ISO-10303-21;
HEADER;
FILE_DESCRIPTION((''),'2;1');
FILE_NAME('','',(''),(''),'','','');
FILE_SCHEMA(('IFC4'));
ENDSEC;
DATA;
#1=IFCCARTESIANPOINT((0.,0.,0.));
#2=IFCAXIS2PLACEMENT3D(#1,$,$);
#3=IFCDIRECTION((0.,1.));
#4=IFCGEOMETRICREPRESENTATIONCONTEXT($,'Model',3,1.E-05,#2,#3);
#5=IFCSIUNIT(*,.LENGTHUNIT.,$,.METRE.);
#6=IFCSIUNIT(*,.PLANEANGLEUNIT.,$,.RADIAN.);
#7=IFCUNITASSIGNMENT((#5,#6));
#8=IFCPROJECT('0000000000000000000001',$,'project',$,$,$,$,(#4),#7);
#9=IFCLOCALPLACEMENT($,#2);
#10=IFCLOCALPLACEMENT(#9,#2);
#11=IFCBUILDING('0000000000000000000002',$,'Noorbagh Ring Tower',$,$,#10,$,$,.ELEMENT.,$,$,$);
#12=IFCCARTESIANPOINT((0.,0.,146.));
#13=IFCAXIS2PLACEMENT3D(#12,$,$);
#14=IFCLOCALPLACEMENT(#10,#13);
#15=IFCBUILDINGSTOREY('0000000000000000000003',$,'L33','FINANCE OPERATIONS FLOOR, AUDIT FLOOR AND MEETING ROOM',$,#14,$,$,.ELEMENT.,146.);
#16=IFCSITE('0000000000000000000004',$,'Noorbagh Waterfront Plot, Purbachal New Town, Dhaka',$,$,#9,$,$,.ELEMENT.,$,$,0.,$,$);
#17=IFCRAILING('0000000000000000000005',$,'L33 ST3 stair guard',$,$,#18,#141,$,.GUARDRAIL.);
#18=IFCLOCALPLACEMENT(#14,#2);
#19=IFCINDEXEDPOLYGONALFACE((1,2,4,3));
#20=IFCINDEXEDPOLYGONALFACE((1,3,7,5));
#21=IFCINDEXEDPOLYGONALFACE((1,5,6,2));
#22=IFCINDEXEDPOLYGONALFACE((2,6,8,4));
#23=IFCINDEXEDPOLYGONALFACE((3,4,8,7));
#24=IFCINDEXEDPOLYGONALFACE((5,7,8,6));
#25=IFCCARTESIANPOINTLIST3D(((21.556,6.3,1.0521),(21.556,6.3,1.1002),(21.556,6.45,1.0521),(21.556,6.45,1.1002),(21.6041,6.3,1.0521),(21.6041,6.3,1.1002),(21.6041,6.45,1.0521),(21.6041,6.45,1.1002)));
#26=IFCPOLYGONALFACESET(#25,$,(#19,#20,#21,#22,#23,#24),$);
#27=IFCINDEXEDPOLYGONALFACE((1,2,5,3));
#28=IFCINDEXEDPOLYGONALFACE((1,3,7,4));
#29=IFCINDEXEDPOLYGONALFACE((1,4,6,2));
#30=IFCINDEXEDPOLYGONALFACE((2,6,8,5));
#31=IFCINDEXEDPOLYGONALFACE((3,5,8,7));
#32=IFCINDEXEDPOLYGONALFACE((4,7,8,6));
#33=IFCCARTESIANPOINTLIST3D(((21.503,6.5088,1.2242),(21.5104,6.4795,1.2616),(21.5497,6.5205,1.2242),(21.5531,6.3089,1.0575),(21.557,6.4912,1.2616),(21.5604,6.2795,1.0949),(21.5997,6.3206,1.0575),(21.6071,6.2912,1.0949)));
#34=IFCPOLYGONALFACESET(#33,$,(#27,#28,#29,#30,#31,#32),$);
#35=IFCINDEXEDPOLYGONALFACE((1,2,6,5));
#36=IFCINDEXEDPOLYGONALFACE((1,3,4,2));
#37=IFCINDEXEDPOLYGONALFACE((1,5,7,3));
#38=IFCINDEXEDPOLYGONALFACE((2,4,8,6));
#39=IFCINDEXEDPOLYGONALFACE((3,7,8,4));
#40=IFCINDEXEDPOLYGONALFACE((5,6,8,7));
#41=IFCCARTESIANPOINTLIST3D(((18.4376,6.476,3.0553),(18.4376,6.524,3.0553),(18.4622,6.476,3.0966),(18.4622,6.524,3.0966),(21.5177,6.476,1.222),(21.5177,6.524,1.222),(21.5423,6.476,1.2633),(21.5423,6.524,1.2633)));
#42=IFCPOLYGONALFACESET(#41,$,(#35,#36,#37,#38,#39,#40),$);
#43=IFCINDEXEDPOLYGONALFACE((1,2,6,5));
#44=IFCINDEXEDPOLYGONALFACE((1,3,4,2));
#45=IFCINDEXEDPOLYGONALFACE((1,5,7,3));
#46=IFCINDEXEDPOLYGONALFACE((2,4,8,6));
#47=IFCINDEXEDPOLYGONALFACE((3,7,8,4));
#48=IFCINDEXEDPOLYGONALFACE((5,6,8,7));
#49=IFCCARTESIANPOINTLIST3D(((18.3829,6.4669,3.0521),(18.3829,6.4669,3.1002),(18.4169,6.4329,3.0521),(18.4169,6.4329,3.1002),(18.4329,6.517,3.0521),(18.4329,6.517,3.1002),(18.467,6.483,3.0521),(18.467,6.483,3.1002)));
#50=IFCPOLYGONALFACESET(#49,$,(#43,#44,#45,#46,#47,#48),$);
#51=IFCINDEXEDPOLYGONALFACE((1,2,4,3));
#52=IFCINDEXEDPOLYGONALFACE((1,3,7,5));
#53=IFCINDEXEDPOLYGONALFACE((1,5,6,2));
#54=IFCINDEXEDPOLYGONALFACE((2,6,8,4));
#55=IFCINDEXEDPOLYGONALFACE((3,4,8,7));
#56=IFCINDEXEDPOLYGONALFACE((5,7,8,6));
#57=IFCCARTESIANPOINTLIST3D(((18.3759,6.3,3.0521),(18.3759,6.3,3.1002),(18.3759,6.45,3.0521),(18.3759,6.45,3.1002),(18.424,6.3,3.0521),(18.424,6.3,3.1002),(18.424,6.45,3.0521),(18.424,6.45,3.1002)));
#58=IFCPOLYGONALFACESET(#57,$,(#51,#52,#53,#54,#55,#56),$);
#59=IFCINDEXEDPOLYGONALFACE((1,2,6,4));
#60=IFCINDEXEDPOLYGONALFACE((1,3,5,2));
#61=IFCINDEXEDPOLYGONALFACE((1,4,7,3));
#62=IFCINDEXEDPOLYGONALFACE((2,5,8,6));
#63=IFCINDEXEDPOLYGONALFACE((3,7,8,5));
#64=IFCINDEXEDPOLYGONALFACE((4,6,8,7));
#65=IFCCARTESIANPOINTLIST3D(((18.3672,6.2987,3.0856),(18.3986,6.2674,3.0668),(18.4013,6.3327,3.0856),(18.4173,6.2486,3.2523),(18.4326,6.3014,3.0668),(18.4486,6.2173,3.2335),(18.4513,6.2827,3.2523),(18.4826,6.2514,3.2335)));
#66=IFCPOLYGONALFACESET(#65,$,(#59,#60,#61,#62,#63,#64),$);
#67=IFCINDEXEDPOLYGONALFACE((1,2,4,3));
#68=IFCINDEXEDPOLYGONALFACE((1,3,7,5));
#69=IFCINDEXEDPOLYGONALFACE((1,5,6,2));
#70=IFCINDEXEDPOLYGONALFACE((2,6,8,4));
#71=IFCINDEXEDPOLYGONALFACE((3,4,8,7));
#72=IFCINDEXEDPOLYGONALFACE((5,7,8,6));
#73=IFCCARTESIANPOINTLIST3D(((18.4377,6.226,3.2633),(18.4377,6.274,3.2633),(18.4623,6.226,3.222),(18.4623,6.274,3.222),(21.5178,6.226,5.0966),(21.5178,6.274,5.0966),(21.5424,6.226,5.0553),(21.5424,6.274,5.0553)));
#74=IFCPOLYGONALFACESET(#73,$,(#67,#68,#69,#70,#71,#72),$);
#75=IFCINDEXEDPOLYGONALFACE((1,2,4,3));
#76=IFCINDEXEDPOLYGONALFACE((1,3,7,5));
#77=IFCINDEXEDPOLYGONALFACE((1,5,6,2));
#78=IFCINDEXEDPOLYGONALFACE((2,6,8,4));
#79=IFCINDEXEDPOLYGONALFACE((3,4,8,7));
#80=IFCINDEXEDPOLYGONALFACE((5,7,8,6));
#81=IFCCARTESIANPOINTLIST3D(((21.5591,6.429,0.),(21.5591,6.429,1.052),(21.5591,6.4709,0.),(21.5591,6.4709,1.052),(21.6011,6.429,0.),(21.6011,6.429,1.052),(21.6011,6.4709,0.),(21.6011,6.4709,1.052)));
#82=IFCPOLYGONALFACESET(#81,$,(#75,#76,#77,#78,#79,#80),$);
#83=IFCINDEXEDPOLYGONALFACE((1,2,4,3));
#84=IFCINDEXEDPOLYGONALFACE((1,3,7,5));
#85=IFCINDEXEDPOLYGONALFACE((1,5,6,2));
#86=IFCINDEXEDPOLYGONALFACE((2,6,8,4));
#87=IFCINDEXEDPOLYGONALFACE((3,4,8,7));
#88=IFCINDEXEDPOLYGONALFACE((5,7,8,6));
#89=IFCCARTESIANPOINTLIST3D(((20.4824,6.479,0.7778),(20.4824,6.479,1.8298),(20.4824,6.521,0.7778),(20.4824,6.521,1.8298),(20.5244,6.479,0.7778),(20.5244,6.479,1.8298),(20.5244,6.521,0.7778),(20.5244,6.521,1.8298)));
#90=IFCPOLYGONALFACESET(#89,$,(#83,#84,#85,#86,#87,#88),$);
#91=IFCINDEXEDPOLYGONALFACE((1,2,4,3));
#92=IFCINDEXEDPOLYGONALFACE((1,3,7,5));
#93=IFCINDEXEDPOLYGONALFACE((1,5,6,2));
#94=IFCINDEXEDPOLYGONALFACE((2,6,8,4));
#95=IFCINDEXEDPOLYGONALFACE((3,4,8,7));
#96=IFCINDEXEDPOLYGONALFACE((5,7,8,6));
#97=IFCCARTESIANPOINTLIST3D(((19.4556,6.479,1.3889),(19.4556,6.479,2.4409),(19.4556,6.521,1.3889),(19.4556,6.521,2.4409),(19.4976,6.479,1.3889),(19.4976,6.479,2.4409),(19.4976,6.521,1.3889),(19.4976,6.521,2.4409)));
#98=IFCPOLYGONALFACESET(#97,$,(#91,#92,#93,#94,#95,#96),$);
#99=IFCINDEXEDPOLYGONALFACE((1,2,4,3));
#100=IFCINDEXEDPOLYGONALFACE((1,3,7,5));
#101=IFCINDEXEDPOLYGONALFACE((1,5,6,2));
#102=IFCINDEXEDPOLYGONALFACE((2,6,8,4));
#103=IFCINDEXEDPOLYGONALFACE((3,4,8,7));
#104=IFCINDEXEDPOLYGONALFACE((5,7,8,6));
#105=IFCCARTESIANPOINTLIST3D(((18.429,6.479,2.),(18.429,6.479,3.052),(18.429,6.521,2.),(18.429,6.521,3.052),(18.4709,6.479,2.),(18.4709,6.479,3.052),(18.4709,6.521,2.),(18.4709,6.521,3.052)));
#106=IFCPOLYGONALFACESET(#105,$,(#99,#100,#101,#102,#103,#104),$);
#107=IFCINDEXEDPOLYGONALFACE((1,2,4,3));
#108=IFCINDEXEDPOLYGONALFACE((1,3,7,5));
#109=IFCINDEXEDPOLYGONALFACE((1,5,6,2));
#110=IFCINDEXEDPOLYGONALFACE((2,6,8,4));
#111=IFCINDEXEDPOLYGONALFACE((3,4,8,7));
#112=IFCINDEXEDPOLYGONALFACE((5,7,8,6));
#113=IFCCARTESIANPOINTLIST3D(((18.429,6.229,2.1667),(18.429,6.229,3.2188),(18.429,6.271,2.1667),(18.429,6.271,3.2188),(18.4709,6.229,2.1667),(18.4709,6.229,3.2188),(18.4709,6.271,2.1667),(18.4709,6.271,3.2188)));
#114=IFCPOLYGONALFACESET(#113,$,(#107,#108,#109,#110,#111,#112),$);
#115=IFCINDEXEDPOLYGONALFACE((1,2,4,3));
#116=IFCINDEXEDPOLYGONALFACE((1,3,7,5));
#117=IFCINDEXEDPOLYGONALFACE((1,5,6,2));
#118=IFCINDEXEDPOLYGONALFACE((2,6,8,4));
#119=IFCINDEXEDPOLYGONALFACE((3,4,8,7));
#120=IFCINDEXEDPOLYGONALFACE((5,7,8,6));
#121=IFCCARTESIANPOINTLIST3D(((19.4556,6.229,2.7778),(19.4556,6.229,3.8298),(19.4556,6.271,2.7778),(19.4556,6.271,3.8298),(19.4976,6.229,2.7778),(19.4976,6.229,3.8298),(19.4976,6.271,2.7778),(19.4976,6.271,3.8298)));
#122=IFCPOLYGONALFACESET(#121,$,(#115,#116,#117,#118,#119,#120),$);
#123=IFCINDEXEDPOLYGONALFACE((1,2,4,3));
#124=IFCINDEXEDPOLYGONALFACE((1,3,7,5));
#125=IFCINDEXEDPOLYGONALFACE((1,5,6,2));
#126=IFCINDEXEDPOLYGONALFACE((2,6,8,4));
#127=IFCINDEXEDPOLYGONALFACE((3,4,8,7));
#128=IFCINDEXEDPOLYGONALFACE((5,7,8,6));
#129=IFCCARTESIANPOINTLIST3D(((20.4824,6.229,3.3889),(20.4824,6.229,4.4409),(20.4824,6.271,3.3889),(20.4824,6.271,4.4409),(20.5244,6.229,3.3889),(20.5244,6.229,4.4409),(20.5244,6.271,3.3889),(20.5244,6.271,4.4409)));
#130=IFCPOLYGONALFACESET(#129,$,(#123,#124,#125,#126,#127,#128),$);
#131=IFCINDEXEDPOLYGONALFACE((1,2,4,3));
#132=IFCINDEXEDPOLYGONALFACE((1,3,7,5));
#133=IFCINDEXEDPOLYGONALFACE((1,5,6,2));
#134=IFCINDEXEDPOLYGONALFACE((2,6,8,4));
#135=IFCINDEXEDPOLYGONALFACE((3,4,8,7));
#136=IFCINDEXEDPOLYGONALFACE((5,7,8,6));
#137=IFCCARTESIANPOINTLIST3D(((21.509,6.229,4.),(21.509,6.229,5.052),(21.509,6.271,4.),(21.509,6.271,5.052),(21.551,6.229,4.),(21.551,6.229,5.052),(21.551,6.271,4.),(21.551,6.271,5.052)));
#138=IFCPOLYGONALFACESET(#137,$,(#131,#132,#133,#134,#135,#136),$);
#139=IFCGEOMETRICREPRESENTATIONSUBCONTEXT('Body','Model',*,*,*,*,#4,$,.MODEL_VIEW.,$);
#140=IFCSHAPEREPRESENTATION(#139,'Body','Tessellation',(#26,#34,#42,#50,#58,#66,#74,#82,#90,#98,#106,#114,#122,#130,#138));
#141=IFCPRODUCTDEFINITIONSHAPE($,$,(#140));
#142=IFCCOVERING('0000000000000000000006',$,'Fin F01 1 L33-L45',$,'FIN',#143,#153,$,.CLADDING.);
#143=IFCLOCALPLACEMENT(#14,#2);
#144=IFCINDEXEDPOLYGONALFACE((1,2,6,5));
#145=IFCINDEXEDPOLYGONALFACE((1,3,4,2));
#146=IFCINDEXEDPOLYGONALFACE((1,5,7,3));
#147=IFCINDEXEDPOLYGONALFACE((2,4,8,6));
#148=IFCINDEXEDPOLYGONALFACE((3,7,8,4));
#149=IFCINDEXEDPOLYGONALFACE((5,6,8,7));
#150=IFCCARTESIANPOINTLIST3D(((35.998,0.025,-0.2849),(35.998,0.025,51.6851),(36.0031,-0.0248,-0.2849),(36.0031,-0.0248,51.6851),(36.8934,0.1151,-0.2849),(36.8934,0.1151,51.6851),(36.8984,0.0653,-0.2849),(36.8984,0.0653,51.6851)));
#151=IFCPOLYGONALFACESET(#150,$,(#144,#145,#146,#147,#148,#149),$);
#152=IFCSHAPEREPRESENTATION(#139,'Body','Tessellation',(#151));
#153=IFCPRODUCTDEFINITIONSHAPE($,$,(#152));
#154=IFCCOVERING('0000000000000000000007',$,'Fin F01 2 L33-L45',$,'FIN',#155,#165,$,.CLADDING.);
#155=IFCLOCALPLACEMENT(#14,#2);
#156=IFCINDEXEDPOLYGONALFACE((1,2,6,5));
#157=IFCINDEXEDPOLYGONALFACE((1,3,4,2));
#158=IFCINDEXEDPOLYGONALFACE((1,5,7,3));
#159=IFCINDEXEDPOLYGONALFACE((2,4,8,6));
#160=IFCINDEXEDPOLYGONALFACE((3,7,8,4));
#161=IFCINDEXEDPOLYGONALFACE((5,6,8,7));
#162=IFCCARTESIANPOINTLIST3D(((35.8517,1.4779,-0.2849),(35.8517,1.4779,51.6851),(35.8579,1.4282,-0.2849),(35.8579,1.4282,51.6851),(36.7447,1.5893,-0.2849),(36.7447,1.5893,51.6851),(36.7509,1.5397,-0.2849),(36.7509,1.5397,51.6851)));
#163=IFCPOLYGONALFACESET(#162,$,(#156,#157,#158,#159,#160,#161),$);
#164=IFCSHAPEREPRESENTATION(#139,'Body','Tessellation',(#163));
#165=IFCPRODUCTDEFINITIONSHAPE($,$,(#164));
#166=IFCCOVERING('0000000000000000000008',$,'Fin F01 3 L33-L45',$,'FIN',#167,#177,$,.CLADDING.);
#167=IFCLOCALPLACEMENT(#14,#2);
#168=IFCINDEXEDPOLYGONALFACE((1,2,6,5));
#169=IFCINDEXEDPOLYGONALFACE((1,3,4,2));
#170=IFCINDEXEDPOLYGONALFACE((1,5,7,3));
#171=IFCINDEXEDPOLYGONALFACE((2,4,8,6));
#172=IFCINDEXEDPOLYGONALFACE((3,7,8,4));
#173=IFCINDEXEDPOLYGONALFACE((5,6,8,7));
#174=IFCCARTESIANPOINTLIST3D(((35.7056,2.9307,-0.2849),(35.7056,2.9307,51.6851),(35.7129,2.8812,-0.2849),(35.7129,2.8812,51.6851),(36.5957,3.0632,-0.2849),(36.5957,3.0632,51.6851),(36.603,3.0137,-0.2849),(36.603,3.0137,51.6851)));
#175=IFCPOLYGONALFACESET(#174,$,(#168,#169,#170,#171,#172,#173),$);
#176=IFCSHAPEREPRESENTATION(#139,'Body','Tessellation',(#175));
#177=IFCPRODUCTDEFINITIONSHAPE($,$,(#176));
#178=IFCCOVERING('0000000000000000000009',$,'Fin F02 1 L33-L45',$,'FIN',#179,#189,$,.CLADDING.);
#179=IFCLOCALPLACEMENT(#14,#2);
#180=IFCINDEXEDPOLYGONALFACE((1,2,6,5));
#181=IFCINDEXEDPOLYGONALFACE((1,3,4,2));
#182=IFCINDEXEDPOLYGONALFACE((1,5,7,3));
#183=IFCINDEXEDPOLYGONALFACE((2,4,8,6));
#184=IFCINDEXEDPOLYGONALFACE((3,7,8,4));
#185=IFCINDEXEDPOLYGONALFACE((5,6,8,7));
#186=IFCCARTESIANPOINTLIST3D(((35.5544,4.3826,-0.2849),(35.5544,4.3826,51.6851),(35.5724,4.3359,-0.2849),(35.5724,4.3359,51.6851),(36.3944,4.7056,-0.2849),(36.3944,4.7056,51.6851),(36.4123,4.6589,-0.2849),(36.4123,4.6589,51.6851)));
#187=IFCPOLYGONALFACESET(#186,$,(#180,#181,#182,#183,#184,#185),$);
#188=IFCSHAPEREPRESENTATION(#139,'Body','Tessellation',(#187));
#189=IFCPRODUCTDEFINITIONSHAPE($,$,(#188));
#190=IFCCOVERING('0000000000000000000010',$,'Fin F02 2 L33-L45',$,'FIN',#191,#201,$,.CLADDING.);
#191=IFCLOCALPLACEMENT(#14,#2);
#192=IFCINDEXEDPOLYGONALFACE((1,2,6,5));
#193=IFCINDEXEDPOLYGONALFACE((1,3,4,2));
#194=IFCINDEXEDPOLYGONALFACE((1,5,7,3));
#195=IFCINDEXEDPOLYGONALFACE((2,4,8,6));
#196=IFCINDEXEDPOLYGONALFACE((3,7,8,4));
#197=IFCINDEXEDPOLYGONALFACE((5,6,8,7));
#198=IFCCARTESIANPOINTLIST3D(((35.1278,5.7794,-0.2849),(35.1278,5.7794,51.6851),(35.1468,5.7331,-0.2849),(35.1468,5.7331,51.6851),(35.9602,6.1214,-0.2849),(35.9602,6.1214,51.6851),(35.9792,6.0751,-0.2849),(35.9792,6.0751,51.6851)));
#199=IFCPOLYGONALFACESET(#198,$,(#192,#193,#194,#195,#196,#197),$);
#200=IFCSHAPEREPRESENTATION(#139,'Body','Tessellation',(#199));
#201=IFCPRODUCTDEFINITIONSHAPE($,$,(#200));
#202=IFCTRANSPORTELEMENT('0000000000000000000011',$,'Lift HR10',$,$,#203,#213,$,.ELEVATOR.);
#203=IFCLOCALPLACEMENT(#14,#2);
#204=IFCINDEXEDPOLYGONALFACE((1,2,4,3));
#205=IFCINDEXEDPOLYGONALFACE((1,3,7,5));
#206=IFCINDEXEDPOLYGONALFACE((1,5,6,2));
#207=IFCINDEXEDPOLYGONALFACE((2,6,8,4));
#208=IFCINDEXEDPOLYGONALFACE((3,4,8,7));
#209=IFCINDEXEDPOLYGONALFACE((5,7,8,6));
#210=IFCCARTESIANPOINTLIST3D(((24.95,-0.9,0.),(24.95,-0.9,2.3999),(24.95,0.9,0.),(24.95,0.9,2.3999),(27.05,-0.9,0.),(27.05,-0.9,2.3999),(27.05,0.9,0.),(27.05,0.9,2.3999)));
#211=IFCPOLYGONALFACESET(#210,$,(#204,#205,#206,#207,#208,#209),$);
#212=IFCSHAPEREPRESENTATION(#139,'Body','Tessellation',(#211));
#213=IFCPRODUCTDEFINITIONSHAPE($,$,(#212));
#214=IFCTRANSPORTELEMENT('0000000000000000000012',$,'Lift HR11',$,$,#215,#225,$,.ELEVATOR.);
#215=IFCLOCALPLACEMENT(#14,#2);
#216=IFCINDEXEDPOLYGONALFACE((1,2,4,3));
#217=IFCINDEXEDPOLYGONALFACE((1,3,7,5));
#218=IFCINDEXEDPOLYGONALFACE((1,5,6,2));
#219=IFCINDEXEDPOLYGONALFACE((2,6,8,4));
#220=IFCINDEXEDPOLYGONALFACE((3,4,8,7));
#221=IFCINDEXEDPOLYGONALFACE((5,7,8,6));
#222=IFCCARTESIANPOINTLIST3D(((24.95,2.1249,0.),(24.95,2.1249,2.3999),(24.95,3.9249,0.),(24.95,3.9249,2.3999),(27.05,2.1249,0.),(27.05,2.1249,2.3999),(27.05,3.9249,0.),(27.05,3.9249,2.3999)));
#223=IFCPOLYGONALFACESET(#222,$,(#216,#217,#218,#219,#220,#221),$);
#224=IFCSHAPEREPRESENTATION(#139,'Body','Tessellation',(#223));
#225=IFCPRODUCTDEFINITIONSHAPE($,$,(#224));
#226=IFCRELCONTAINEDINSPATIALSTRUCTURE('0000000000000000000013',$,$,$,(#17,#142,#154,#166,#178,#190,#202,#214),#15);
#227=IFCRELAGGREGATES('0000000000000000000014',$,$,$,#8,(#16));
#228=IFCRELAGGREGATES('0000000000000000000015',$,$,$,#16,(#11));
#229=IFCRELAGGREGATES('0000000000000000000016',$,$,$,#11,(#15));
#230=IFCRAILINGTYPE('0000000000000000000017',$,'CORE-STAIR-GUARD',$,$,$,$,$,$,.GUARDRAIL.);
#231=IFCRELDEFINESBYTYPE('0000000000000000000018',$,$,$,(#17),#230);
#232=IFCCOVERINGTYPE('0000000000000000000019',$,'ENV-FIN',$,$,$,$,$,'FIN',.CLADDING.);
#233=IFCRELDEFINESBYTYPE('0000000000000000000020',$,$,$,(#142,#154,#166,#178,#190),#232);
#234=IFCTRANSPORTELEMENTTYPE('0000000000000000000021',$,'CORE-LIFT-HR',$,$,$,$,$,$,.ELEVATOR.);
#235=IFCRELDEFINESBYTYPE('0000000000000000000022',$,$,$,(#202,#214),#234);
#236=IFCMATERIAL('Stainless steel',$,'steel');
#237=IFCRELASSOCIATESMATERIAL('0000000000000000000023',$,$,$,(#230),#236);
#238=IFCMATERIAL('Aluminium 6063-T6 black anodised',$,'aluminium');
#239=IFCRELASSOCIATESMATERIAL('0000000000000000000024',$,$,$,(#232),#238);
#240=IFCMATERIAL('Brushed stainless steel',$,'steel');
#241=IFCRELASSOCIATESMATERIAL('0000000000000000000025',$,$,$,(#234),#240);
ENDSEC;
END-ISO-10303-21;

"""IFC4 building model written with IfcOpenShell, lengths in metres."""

from ifc_helpers import new_model, si_unit, direction, frame, origin, origin_2d, place, context, subcontext, project, spatial, rectangle, extrude, material, material_profile, profile_set, type_object, element, save


model = new_model("IFC4")

# Units and contexts
model_context = context("Model", 3, precision=1e-05, world=origin(), true_north=direction((0.0, 1.0)))
body_context = subcontext(model_context, "Body", "Model", "MODEL_VIEW")
ifc_project = project(units=[si_unit("LENGTHUNIT", "METRE"), si_unit("PLANEANGLEUNIT", "RADIAN")], contexts=[model_context])

# Site, building, storey
site_placement = place(None, origin())
site = spatial("IfcSite", under=ifc_project, at=site_placement, Name="Noorbagh Waterfront Plot, Purbachal New Town, Dhaka", CompositionType="ELEMENT", RefElevation=0.0)
building_placement = place(site_placement, origin())
building = spatial("IfcBuilding", under=site, at=building_placement, Name="Noorbagh Ring Tower", CompositionType="ELEMENT")
storey_placement = place(building_placement, frame((0.0, 0.0, 146.0)))
storey = spatial("IfcBuildingStorey", under=building, at=storey_placement, Name="L33", Description="FINANCE OPERATIONS FLOOR, AUDIT FLOOR AND MEETING ROOM", CompositionType="ELEMENT", Elevation=146.0)

# Railing
ifc_material_1 = material(Name="Stainless steel", Category="steel")
railing_type = type_object("IfcRailingType", Name="CORE-STAIR-GUARD", PredefinedType="GUARDRAIL", material=ifc_material_1)
railing_placement = place(storey_placement, frame((21.5801, 6.45, 0.0)))
element("IfcRailing", 1, at=railing_placement, inside=storey, type_object=railing_type, Name="L33 ST3 stair guard", PredefinedType="GUARDRAIL", context=body_context, shape_type="SweptSolid", body=[
    extrude(rectangle(XDim=0.0481, YDim=0.0481, at=origin_2d()), frame((0.0, 0.0, 1.0762), z_axis=(0.0, -1.0, 0.0), x_axis=(1.0, 0.0, 0.0)), (0.0, 0.0, 1.0), 0.1499),
    extrude(rectangle(XDim=0.0481, YDim=0.0481, at=origin_2d()), frame((0.0, -0.1499, 1.0762), z_axis=(-0.188776, 0.754182, 0.628946), x_axis=(-0.970073, -0.242814, 0.0)), (0.0, 0.0, 1.0), 0.2651),
    extrude(rectangle(XDim=0.0481, YDim=0.0481, at=origin_2d()), frame((-0.05, 0.05, 1.2427), z_axis=(-0.859309, 0.0, 0.511458), x_axis=(0.0, -1.0, 0.0)), (0.0, 0.0, 1.0), 3.5845),
    extrude(rectangle(XDim=0.0481, YDim=0.0481, at=origin_2d()), frame((-3.1301, 0.05, 3.0762), z_axis=(-0.707107, -0.707107, 0.0), x_axis=(0.707107, -0.707107, 0.0)), (0.0, 0.0, 1.0), 0.0708),
    extrude(rectangle(XDim=0.0481, YDim=0.0481, at=origin_2d()), frame((-3.1802, 0.0, 3.0762), z_axis=(0.0, -1.0, 0.0), x_axis=(1.0, 0.0, 0.0)), (0.0, 0.0, 1.0), 0.1499),
    extrude(rectangle(XDim=0.0481, YDim=0.0481, at=origin_2d()), frame((-3.1802, -0.1499, 3.0762), z_axis=(0.276287, -0.276287, 0.920506), x_axis=(0.707107, 0.707107, 0.0)), (0.0, 0.0, 1.0), 0.1812),
    extrude(rectangle(XDim=0.0481, YDim=0.0481, at=origin_2d()), frame((-3.1301, -0.2, 3.2427), z_axis=(0.859309, 0.0, 0.511458), x_axis=(0.0, 1.0, 0.0)), (0.0, 0.0, 1.0), 3.5845),
    extrude(rectangle(XDim=0.042, YDim=0.042, at=origin_2d()), origin(), (0.0, 0.0, 1.0), 1.052),
    extrude(rectangle(XDim=0.042, YDim=0.042, at=origin_2d()), frame((-1.0767, 0.05, 0.7778)), (0.0, 0.0, 1.0), 1.052),
    extrude(rectangle(XDim=0.042, YDim=0.042, at=origin_2d()), frame((-2.1035, 0.05, 1.3889)), (0.0, 0.0, 1.0), 1.052),
    extrude(rectangle(XDim=0.042, YDim=0.042, at=origin_2d()), frame((-3.1301, 0.05, 2.0)), (0.0, 0.0, 1.0), 1.052),
    extrude(rectangle(XDim=0.042, YDim=0.042, at=origin_2d()), frame((-3.1301, -0.2, 2.1667)), (0.0, 0.0, 1.0), 1.052),
    extrude(rectangle(XDim=0.042, YDim=0.042, at=origin_2d()), frame((-2.1035, -0.2, 2.7778)), (0.0, 0.0, 1.0), 1.052),
    extrude(rectangle(XDim=0.042, YDim=0.042, at=origin_2d()), frame((-1.0767, -0.2, 3.3889)), (0.0, 0.0, 1.0), 1.052),
    extrude(rectangle(XDim=0.042, YDim=0.042, at=origin_2d()), frame((-0.05, -0.2, 4.0)), (0.0, 0.0, 1.0), 1.052),
])

# Coverings
ifc_material_2 = material(Name="Aluminium 6063-T6 black anodised", Category="aluminium")
ifc_material_profile_1 = material_profile(ifc_material_2, rectangle(XDim=0.8999, YDim=0.05, at=origin_2d()), Name="900x50")
ifc_profile_set_1 = profile_set([ifc_material_profile_1], Name="Aluminium 6063-T6 black anodised")
covering_type = type_object("IfcCoveringType", Name="ENV-FIN", ElementType="FIN", PredefinedType="CLADDING", material=ifc_profile_set_1)
for number, where, z_axis, x_axis, name in (
    (2, (36.4482, 0.0452, -0.2849), (0.0, 0.0, 1.0), (0.99497, 0.100178, 0.0), "Fin F01 1 L33-L45"),
    (3, (36.3013, 1.5088, -0.2849), (0.0, 0.0, 1.0), (0.992303, 0.123835, 0.0), "Fin F01 2 L33-L45"),
    (4, (36.1543, 2.9722, -0.2849), (0.0, 0.0, 1.0), (0.989103, 0.147226, 0.0), "Fin F01 3 L33-L45"),
    (5, (35.9834, 4.5208, -0.2849), (0.0, 0.0, 1.0), (0.933362, 0.358936, 0.0), "Fin F02 1 L33-L45"),
    (6, (35.5535, 5.9272, -0.2849), (0.0, 0.0, 1.0), (0.925001, 0.379965, 0.0), "Fin F02 2 L33-L45"),
):
    element("IfcCovering", number, at=place(storey_placement, frame(where, z_axis=z_axis, x_axis=x_axis)), inside=storey, type_object=covering_type, Name=name, ObjectType="FIN", PredefinedType="CLADDING", context=body_context, shape_type="SweptSolid", body=[
        extrude(rectangle(XDim=0.8999, YDim=0.05, at=origin_2d()), origin(), (0.0, 0.0, 1.0), 51.97),
    ])

# Transport elements
ifc_material_3 = material(Name="Brushed stainless steel", Category="steel")
transport_element_type = type_object("IfcTransportElementType", Name="CORE-LIFT-HR", PredefinedType="ELEVATOR", material=ifc_material_3)
for number, where, z_axis, x_axis, name in (
    (7, (26.0, 0.0, 0.0), (0.0, 0.0, 1.0), (1.0, 0.0, 0.0), "Lift HR10"),
    (8, (26.0, 3.0249, 0.0), (0.0, 0.0, 1.0), (1.0, 0.0, 0.0), "Lift HR11"),
):
    element("IfcTransportElement", number, at=place(storey_placement, frame(where, z_axis=z_axis, x_axis=x_axis)), inside=storey, type_object=transport_element_type, Name=name, PredefinedType="ELEVATOR", context=body_context, shape_type="SweptSolid", body=[
        extrude(rectangle(XDim=2.1001, YDim=1.8, at=origin_2d()), origin(), (0.0, 0.0, 1.0), 2.3999),
    ])

save(model, "model.ifc")
